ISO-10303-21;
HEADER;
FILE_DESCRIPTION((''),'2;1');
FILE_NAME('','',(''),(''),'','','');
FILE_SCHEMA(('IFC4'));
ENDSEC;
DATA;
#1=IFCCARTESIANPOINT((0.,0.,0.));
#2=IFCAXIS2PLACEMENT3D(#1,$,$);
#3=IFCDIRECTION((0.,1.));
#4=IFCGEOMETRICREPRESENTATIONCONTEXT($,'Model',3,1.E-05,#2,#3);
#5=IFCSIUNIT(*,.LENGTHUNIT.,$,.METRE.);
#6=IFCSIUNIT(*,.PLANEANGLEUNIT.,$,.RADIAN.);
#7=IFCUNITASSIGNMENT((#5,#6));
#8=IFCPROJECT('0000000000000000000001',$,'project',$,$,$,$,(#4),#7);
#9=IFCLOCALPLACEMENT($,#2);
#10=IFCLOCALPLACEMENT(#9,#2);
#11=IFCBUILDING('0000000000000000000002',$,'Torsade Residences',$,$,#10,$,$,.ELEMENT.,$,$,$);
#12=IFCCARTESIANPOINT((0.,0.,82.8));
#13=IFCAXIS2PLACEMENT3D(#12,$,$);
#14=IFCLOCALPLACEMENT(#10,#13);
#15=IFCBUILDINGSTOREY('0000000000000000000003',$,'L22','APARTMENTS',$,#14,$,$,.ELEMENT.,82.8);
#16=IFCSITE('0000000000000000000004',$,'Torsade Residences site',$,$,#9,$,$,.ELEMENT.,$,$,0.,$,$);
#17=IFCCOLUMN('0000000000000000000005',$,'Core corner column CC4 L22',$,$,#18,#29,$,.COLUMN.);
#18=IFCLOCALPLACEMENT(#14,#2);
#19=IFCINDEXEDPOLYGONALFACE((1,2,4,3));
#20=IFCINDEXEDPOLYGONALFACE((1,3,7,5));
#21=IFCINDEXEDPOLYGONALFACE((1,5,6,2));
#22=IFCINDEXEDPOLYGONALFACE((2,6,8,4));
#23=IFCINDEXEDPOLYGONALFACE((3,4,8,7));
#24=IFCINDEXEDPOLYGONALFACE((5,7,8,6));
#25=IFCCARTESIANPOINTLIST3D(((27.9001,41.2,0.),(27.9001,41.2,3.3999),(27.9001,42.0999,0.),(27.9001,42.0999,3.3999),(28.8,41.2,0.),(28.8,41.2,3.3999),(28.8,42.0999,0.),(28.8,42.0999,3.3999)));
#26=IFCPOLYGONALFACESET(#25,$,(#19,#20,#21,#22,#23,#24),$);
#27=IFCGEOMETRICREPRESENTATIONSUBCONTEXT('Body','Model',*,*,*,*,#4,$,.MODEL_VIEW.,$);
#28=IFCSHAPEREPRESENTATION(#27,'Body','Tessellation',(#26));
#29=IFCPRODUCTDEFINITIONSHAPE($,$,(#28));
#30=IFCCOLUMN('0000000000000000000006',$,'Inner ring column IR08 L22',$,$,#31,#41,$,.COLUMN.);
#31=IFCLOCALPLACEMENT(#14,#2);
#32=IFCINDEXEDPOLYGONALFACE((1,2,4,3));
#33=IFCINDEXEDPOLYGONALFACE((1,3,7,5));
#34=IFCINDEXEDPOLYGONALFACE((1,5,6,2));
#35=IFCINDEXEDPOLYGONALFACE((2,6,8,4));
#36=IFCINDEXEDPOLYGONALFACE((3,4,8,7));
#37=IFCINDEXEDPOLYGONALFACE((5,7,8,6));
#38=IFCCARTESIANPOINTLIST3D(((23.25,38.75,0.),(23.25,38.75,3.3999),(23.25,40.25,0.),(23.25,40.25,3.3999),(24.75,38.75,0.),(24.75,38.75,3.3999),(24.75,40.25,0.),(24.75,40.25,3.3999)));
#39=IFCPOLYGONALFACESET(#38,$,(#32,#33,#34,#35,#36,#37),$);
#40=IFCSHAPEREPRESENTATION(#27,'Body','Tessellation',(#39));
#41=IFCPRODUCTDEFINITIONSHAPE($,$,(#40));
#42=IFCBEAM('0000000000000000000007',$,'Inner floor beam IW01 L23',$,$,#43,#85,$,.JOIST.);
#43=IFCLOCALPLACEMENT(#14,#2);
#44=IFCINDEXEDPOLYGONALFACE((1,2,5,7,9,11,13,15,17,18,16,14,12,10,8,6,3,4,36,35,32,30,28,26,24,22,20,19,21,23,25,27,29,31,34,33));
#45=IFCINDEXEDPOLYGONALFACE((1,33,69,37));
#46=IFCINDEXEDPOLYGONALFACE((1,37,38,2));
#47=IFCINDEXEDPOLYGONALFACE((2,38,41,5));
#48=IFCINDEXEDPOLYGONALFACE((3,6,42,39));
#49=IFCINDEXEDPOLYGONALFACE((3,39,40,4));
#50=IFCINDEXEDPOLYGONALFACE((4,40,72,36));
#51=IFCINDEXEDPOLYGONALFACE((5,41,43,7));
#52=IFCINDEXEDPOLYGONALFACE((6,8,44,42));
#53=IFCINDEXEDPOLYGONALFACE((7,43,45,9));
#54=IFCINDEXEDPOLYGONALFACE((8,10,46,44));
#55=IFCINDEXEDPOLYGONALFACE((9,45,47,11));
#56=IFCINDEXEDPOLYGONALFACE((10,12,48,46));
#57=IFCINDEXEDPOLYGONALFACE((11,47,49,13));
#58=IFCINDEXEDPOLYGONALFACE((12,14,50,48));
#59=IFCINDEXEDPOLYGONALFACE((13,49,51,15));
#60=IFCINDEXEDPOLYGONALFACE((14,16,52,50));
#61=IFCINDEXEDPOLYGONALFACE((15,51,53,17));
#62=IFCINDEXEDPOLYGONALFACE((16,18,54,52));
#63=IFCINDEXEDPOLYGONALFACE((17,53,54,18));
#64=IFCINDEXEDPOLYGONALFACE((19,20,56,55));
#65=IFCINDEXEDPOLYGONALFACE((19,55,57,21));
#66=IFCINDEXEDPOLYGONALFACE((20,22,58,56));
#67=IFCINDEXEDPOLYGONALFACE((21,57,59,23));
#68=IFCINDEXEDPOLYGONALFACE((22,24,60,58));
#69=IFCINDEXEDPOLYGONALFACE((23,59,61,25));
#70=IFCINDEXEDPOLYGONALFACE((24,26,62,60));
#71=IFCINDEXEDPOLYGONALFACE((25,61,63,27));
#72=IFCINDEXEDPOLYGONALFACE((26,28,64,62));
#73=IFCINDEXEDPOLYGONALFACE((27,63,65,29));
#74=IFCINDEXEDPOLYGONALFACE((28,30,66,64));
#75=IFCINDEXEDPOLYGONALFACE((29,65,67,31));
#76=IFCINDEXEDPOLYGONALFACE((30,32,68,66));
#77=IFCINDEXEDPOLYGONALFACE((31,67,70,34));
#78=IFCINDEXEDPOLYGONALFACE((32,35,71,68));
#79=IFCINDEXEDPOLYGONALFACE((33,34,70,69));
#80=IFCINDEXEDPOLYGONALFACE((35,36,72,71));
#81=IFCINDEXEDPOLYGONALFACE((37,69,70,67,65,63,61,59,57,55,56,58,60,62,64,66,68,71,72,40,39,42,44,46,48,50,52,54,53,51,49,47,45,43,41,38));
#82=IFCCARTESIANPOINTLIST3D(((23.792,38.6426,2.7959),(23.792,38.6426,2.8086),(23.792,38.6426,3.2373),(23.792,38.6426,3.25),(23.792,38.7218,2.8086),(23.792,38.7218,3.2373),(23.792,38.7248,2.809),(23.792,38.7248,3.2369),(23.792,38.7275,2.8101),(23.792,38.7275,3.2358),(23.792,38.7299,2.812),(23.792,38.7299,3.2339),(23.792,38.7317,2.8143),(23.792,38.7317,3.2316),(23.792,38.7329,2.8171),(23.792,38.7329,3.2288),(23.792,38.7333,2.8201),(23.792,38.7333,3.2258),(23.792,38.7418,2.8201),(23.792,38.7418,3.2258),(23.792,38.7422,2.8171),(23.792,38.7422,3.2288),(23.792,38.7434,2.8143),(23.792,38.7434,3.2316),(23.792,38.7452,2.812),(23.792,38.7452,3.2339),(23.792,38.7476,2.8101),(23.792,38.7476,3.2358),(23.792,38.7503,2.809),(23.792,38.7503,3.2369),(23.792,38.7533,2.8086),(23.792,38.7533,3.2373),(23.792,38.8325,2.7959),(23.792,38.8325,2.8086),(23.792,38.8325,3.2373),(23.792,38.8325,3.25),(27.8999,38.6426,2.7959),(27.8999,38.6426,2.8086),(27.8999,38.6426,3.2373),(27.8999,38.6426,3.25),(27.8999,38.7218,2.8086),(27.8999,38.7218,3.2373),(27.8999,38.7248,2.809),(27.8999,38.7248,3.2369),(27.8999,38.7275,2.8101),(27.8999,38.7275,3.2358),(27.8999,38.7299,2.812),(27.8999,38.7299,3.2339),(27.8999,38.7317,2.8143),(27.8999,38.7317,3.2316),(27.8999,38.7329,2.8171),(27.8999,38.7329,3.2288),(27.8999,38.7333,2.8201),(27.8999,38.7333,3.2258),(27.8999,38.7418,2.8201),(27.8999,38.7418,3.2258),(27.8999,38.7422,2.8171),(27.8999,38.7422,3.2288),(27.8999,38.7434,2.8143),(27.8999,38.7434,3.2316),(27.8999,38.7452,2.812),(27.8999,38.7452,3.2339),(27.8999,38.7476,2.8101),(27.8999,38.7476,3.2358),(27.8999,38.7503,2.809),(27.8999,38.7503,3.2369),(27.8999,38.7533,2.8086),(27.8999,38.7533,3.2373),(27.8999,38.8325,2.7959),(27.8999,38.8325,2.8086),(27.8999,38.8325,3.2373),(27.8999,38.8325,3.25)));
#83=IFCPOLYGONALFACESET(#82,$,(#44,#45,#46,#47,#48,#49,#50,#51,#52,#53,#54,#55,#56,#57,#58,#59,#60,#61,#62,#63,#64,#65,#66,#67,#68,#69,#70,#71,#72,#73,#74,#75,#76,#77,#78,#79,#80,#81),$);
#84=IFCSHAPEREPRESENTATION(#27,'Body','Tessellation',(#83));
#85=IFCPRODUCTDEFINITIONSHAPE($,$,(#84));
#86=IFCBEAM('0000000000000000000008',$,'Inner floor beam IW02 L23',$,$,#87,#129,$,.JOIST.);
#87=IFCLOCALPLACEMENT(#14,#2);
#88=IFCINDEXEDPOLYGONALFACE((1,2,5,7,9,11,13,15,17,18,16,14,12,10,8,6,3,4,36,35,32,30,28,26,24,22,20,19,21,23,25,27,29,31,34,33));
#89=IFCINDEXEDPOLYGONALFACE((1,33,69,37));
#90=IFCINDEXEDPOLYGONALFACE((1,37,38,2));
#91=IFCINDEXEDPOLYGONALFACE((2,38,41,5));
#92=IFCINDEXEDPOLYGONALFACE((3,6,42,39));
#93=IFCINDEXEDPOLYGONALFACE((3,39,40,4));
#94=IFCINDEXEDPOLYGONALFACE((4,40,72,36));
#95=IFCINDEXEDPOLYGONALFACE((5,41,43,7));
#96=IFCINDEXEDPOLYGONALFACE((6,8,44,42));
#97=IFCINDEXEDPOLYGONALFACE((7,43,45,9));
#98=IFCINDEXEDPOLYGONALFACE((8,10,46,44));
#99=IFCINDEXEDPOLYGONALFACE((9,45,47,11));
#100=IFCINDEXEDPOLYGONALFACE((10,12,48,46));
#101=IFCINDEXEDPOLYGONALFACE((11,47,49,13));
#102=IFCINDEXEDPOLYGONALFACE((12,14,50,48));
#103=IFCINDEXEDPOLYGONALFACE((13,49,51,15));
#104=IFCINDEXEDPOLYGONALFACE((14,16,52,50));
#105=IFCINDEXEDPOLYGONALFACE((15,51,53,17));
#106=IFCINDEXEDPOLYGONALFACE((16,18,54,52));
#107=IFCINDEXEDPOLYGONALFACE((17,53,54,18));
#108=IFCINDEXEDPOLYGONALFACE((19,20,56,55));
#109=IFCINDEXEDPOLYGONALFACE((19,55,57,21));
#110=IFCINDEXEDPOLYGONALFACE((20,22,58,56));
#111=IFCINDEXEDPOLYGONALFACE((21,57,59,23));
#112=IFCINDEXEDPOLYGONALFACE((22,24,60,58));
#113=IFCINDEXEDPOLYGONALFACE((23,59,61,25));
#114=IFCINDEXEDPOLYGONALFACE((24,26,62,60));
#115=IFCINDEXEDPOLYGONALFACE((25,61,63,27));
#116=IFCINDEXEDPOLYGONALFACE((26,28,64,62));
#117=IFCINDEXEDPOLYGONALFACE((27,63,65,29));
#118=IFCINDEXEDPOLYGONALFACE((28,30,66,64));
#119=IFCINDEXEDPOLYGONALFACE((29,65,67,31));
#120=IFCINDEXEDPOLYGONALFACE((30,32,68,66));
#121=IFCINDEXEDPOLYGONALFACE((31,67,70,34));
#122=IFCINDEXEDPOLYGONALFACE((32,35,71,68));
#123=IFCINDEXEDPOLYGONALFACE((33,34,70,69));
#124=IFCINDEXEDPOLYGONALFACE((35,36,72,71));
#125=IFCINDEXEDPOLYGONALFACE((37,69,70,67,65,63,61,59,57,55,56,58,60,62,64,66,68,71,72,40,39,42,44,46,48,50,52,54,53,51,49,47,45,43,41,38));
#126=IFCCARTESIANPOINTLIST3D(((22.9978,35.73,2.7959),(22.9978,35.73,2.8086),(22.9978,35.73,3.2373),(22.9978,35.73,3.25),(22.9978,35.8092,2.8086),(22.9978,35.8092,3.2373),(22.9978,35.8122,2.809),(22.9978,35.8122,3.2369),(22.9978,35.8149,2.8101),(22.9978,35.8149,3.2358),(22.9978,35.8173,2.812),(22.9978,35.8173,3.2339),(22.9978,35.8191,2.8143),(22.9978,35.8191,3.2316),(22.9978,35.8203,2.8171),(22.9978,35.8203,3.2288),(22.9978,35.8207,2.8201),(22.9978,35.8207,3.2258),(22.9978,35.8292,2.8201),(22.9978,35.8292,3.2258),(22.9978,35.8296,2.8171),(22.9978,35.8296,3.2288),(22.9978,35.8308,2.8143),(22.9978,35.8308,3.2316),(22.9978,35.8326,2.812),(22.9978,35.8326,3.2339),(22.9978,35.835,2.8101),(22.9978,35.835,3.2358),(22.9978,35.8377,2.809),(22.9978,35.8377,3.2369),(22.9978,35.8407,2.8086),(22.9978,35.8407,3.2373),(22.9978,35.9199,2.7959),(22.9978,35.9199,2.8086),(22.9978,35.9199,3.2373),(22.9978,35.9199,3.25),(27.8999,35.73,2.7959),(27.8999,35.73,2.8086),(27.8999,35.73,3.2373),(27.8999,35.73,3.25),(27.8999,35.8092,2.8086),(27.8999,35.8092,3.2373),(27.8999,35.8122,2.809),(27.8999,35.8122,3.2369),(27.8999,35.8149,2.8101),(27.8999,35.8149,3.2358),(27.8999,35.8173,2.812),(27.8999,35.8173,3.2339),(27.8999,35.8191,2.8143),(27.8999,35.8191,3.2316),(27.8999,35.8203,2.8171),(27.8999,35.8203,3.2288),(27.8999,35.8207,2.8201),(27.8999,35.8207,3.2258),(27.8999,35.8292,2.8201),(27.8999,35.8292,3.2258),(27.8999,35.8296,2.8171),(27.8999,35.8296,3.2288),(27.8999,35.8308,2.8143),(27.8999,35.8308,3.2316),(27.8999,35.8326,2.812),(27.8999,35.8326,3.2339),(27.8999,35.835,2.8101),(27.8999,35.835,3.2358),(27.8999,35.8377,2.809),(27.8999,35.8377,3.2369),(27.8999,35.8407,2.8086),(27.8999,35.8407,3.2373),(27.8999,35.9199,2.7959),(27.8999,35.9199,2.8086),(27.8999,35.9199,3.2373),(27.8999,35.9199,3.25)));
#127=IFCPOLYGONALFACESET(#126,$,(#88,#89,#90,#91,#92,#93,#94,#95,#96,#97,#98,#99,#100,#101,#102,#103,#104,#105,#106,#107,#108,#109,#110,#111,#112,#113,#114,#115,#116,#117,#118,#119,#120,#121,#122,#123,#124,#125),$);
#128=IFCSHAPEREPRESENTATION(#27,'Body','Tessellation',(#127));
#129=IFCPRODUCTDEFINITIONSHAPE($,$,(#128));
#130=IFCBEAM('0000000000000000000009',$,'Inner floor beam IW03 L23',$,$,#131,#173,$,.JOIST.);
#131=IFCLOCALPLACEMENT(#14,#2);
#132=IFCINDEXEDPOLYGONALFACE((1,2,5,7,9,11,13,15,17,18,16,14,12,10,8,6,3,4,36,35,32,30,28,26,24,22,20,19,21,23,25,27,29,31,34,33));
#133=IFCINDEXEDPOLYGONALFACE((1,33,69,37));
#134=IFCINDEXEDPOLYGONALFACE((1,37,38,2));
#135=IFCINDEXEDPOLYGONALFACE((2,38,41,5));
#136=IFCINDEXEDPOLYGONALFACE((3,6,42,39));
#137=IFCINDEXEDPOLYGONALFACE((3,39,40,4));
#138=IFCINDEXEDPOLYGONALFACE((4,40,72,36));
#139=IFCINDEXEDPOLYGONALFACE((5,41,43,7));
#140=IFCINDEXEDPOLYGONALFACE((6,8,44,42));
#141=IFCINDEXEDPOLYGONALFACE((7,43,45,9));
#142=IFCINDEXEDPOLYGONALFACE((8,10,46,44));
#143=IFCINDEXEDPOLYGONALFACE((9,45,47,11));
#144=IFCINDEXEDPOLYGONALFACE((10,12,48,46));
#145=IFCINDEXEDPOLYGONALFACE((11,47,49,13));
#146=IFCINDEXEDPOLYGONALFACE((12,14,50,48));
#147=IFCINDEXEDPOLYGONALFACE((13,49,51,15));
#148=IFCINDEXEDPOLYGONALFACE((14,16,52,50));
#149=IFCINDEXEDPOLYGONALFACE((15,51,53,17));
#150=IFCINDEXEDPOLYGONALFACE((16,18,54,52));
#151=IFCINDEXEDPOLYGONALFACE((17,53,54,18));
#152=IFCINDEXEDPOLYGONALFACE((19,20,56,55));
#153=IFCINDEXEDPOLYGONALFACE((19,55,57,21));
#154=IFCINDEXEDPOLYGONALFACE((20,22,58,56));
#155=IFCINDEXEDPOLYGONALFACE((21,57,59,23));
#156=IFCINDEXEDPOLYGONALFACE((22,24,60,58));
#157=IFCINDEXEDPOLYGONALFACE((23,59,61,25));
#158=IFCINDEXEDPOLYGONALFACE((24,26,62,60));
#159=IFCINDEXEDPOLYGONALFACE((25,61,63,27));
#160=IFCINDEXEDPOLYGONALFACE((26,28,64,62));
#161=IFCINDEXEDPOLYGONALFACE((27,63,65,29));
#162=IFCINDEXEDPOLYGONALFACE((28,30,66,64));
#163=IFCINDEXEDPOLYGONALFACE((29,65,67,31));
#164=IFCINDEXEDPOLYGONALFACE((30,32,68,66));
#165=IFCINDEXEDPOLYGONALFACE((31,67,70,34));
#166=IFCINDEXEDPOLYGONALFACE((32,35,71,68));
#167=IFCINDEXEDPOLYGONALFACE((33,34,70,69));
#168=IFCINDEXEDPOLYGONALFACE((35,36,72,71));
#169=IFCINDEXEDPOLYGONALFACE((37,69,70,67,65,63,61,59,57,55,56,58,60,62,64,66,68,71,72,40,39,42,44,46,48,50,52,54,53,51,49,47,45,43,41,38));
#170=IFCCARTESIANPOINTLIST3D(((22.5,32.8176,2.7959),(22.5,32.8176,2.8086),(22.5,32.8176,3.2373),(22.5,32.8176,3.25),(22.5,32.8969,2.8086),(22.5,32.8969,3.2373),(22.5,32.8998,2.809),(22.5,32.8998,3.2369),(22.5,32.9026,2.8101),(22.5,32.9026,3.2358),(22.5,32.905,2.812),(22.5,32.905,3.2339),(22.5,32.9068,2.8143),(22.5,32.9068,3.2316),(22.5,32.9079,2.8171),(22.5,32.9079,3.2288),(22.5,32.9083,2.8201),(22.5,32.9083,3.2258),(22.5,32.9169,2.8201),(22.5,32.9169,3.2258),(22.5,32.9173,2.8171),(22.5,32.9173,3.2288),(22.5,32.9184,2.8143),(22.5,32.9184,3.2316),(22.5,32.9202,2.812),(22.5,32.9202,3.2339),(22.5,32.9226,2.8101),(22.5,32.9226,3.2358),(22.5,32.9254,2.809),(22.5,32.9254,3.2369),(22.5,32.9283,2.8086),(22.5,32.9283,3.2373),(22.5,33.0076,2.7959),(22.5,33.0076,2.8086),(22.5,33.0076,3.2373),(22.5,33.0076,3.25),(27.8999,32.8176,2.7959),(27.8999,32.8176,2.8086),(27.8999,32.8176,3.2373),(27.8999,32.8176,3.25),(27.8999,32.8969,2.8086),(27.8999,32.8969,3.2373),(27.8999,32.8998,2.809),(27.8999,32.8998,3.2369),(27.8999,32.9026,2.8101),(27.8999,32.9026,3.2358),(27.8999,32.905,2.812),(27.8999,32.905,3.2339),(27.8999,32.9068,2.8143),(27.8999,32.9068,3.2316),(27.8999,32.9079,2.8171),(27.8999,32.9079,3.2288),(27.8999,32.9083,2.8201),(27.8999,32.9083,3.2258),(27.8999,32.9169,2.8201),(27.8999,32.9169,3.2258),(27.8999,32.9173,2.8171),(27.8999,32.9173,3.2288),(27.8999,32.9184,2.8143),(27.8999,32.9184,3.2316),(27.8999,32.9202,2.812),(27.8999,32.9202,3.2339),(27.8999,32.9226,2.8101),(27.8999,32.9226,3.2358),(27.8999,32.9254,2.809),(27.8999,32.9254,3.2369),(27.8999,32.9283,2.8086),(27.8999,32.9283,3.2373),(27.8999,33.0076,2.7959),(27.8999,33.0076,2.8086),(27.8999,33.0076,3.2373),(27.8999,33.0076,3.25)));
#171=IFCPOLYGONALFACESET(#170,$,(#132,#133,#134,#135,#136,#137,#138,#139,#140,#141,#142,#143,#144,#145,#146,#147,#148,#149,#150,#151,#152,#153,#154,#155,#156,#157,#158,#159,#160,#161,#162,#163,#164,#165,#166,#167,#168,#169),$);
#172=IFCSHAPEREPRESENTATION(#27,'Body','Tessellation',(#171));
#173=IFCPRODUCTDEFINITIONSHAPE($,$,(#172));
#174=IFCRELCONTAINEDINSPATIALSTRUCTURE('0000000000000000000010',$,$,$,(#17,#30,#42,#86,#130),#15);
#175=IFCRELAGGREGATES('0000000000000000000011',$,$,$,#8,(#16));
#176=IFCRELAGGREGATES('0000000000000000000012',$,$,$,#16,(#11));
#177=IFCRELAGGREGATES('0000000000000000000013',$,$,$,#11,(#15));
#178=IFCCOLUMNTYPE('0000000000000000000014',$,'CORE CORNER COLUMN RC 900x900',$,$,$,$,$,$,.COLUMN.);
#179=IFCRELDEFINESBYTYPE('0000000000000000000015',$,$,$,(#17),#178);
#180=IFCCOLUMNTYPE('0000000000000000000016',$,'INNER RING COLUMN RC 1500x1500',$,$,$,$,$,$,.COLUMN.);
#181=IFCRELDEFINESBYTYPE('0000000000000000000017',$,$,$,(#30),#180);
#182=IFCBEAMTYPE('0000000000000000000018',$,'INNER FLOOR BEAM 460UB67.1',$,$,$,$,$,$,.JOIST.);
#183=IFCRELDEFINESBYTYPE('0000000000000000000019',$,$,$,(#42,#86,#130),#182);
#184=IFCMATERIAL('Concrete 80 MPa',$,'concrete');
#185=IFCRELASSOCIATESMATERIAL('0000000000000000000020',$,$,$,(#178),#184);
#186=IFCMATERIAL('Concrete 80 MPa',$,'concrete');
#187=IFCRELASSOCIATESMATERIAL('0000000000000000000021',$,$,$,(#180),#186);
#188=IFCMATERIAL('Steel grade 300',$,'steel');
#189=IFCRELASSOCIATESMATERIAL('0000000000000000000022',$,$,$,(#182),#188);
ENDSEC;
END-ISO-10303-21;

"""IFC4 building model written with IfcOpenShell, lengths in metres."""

from ifc_helpers import new_model, si_unit, direction, frame, origin, origin_2d, place, context, subcontext, project, spatial, rectangle, i_section, extrude, material, material_profile, profile_set, type_object, element, save


model = new_model("IFC4")

# Units and contexts
model_context = context("Model", 3, precision=1e-05, world=origin(), true_north=direction((0.0, 1.0)))
body_context = subcontext(model_context, "Body", "Model", "MODEL_VIEW")
ifc_project = project(units=[si_unit("LENGTHUNIT", "METRE"), si_unit("PLANEANGLEUNIT", "RADIAN")], contexts=[model_context])

# Site, building, storey
site_placement = place(None, origin())
site = spatial("IfcSite", under=ifc_project, at=site_placement, Name="Torsade Residences site", CompositionType="ELEMENT", RefElevation=0.0)
building_placement = place(site_placement, origin())
building = spatial("IfcBuilding", under=site, at=building_placement, Name="Torsade Residences", CompositionType="ELEMENT")
storey_placement = place(building_placement, frame((0.0, 0.0, 82.8)))
storey = spatial("IfcBuildingStorey", under=building, at=storey_placement, Name="L22", Description="APARTMENTS", CompositionType="ELEMENT", Elevation=82.8)

# Columns
ifc_material_1 = material(Name="Concrete 80 MPa", Category="concrete")
ifc_material_profile_1 = material_profile(ifc_material_1, rectangle(XDim=0.8999, YDim=0.8999, at=origin_2d()), Name="RC 900x900")
ifc_profile_set_1 = profile_set([ifc_material_profile_1], Name="Concrete 80 MPa")
column_type_1 = type_object("IfcColumnType", Name="CORE CORNER COLUMN RC 900x900", PredefinedType="COLUMN", material=ifc_profile_set_1)
column_1_placement = place(storey_placement, frame((28.3501, 41.6499, 0.0), z_axis=(0.0, 0.0, 1.0), x_axis=(1.0, 0.0, 0.0)))
element("IfcColumn", 1, at=column_1_placement, inside=storey, type_object=column_type_1, Name="Core corner column CC4 L22", PredefinedType="COLUMN", context=body_context, shape_type="SweptSolid", body=[
    extrude(rectangle(XDim=0.8999, YDim=0.8999, at=origin_2d()), origin(), (0.0, 0.0, 1.0), 3.3999),
])
ifc_material_2 = material(Name="Concrete 80 MPa", Category="concrete")
ifc_material_profile_2 = material_profile(ifc_material_2, rectangle(XDim=1.5, YDim=1.5, at=origin_2d()), Name="RC 1500x1500")
ifc_profile_set_2 = profile_set([ifc_material_profile_2], Name="Concrete 80 MPa")
column_type_2 = type_object("IfcColumnType", Name="INNER RING COLUMN RC 1500x1500", PredefinedType="COLUMN", material=ifc_profile_set_2)
column_2_placement = place(storey_placement, frame((24.0, 39.5, 0.0), z_axis=(0.0, 0.0, 1.0), x_axis=(1.0, 0.0, 0.0)))
element("IfcColumn", 2, at=column_2_placement, inside=storey, type_object=column_type_2, Name="Inner ring column IR08 L22", PredefinedType="COLUMN", context=body_context, shape_type="SweptSolid", body=[
    extrude(rectangle(XDim=1.5, YDim=1.5, at=origin_2d()), origin(), (0.0, 0.0, 1.0), 3.3999),
])

# Beams
ifc_material_3 = material(Name="Steel grade 300", Category="steel")
ifc_material_profile_3 = material_profile(ifc_material_3, i_section(OverallWidth=0.1899, OverallDepth=0.4541, WebThickness=0.0085, FlangeThickness=0.0127, FilletRadius=0.0115, at=origin_2d()), Name="460UB67.1")
ifc_profile_set_3 = profile_set([ifc_material_profile_3], Name="Steel grade 300")
beam_type_1 = type_object("IfcBeamType", Name="INNER FLOOR BEAM 460UB67.1", PredefinedType="JOIST", material=ifc_profile_set_3)
beam_1_placement = place(storey_placement, frame((27.8999, 38.7375, 3.0229), z_axis=(-1.0, 0.0, 0.0), x_axis=(0.0, -1.0, 0.0)))
element("IfcBeam", 3, at=beam_1_placement, inside=storey, type_object=beam_type_1, Name="Inner floor beam IW01 L23", PredefinedType="JOIST", context=body_context, shape_type="SweptSolid", body=[
    extrude(i_section(OverallWidth=0.1899, OverallDepth=0.4541, WebThickness=0.0085, FlangeThickness=0.0127, FilletRadius=0.0115, at=origin_2d()), origin(), (0.0, 0.0, 1.0), 4.1079),
])
beam_2_placement = place(storey_placement, frame((27.8999, 35.825, 3.0229), z_axis=(-1.0, 0.0, 0.0), x_axis=(0.0, -1.0, 0.0)))
element("IfcBeam", 4, at=beam_2_placement, inside=storey, type_object=beam_type_1, Name="Inner floor beam IW02 L23", PredefinedType="JOIST", context=body_context, shape_type="SweptSolid", body=[
    extrude(i_section(OverallWidth=0.1899, OverallDepth=0.4541, WebThickness=0.0085, FlangeThickness=0.0127, FilletRadius=0.0115, at=origin_2d()), origin(), (0.0, 0.0, 1.0), 4.9021),
])
for number, where, z_axis, x_axis, name in (
    (5, (27.8999, 32.9126, 3.0229), (-1.0, 0.0, 0.0), (0.0, -1.0, 0.0), "Inner floor beam IW03 L23"),
):
    element("IfcBeam", number, at=place(storey_placement, frame(where, z_axis=z_axis, x_axis=x_axis)), inside=storey, type_object=beam_type_1, Name=name, PredefinedType="JOIST", context=body_context, shape_type="SweptSolid", body=[
        extrude(i_section(OverallWidth=0.1899, OverallDepth=0.4541, WebThickness=0.0085, FlangeThickness=0.0127, FilletRadius=0.0115, at=origin_2d()), origin(), (0.0, 0.0, 1.0), 5.3999),
    ])

save(model, "model.ifc")
